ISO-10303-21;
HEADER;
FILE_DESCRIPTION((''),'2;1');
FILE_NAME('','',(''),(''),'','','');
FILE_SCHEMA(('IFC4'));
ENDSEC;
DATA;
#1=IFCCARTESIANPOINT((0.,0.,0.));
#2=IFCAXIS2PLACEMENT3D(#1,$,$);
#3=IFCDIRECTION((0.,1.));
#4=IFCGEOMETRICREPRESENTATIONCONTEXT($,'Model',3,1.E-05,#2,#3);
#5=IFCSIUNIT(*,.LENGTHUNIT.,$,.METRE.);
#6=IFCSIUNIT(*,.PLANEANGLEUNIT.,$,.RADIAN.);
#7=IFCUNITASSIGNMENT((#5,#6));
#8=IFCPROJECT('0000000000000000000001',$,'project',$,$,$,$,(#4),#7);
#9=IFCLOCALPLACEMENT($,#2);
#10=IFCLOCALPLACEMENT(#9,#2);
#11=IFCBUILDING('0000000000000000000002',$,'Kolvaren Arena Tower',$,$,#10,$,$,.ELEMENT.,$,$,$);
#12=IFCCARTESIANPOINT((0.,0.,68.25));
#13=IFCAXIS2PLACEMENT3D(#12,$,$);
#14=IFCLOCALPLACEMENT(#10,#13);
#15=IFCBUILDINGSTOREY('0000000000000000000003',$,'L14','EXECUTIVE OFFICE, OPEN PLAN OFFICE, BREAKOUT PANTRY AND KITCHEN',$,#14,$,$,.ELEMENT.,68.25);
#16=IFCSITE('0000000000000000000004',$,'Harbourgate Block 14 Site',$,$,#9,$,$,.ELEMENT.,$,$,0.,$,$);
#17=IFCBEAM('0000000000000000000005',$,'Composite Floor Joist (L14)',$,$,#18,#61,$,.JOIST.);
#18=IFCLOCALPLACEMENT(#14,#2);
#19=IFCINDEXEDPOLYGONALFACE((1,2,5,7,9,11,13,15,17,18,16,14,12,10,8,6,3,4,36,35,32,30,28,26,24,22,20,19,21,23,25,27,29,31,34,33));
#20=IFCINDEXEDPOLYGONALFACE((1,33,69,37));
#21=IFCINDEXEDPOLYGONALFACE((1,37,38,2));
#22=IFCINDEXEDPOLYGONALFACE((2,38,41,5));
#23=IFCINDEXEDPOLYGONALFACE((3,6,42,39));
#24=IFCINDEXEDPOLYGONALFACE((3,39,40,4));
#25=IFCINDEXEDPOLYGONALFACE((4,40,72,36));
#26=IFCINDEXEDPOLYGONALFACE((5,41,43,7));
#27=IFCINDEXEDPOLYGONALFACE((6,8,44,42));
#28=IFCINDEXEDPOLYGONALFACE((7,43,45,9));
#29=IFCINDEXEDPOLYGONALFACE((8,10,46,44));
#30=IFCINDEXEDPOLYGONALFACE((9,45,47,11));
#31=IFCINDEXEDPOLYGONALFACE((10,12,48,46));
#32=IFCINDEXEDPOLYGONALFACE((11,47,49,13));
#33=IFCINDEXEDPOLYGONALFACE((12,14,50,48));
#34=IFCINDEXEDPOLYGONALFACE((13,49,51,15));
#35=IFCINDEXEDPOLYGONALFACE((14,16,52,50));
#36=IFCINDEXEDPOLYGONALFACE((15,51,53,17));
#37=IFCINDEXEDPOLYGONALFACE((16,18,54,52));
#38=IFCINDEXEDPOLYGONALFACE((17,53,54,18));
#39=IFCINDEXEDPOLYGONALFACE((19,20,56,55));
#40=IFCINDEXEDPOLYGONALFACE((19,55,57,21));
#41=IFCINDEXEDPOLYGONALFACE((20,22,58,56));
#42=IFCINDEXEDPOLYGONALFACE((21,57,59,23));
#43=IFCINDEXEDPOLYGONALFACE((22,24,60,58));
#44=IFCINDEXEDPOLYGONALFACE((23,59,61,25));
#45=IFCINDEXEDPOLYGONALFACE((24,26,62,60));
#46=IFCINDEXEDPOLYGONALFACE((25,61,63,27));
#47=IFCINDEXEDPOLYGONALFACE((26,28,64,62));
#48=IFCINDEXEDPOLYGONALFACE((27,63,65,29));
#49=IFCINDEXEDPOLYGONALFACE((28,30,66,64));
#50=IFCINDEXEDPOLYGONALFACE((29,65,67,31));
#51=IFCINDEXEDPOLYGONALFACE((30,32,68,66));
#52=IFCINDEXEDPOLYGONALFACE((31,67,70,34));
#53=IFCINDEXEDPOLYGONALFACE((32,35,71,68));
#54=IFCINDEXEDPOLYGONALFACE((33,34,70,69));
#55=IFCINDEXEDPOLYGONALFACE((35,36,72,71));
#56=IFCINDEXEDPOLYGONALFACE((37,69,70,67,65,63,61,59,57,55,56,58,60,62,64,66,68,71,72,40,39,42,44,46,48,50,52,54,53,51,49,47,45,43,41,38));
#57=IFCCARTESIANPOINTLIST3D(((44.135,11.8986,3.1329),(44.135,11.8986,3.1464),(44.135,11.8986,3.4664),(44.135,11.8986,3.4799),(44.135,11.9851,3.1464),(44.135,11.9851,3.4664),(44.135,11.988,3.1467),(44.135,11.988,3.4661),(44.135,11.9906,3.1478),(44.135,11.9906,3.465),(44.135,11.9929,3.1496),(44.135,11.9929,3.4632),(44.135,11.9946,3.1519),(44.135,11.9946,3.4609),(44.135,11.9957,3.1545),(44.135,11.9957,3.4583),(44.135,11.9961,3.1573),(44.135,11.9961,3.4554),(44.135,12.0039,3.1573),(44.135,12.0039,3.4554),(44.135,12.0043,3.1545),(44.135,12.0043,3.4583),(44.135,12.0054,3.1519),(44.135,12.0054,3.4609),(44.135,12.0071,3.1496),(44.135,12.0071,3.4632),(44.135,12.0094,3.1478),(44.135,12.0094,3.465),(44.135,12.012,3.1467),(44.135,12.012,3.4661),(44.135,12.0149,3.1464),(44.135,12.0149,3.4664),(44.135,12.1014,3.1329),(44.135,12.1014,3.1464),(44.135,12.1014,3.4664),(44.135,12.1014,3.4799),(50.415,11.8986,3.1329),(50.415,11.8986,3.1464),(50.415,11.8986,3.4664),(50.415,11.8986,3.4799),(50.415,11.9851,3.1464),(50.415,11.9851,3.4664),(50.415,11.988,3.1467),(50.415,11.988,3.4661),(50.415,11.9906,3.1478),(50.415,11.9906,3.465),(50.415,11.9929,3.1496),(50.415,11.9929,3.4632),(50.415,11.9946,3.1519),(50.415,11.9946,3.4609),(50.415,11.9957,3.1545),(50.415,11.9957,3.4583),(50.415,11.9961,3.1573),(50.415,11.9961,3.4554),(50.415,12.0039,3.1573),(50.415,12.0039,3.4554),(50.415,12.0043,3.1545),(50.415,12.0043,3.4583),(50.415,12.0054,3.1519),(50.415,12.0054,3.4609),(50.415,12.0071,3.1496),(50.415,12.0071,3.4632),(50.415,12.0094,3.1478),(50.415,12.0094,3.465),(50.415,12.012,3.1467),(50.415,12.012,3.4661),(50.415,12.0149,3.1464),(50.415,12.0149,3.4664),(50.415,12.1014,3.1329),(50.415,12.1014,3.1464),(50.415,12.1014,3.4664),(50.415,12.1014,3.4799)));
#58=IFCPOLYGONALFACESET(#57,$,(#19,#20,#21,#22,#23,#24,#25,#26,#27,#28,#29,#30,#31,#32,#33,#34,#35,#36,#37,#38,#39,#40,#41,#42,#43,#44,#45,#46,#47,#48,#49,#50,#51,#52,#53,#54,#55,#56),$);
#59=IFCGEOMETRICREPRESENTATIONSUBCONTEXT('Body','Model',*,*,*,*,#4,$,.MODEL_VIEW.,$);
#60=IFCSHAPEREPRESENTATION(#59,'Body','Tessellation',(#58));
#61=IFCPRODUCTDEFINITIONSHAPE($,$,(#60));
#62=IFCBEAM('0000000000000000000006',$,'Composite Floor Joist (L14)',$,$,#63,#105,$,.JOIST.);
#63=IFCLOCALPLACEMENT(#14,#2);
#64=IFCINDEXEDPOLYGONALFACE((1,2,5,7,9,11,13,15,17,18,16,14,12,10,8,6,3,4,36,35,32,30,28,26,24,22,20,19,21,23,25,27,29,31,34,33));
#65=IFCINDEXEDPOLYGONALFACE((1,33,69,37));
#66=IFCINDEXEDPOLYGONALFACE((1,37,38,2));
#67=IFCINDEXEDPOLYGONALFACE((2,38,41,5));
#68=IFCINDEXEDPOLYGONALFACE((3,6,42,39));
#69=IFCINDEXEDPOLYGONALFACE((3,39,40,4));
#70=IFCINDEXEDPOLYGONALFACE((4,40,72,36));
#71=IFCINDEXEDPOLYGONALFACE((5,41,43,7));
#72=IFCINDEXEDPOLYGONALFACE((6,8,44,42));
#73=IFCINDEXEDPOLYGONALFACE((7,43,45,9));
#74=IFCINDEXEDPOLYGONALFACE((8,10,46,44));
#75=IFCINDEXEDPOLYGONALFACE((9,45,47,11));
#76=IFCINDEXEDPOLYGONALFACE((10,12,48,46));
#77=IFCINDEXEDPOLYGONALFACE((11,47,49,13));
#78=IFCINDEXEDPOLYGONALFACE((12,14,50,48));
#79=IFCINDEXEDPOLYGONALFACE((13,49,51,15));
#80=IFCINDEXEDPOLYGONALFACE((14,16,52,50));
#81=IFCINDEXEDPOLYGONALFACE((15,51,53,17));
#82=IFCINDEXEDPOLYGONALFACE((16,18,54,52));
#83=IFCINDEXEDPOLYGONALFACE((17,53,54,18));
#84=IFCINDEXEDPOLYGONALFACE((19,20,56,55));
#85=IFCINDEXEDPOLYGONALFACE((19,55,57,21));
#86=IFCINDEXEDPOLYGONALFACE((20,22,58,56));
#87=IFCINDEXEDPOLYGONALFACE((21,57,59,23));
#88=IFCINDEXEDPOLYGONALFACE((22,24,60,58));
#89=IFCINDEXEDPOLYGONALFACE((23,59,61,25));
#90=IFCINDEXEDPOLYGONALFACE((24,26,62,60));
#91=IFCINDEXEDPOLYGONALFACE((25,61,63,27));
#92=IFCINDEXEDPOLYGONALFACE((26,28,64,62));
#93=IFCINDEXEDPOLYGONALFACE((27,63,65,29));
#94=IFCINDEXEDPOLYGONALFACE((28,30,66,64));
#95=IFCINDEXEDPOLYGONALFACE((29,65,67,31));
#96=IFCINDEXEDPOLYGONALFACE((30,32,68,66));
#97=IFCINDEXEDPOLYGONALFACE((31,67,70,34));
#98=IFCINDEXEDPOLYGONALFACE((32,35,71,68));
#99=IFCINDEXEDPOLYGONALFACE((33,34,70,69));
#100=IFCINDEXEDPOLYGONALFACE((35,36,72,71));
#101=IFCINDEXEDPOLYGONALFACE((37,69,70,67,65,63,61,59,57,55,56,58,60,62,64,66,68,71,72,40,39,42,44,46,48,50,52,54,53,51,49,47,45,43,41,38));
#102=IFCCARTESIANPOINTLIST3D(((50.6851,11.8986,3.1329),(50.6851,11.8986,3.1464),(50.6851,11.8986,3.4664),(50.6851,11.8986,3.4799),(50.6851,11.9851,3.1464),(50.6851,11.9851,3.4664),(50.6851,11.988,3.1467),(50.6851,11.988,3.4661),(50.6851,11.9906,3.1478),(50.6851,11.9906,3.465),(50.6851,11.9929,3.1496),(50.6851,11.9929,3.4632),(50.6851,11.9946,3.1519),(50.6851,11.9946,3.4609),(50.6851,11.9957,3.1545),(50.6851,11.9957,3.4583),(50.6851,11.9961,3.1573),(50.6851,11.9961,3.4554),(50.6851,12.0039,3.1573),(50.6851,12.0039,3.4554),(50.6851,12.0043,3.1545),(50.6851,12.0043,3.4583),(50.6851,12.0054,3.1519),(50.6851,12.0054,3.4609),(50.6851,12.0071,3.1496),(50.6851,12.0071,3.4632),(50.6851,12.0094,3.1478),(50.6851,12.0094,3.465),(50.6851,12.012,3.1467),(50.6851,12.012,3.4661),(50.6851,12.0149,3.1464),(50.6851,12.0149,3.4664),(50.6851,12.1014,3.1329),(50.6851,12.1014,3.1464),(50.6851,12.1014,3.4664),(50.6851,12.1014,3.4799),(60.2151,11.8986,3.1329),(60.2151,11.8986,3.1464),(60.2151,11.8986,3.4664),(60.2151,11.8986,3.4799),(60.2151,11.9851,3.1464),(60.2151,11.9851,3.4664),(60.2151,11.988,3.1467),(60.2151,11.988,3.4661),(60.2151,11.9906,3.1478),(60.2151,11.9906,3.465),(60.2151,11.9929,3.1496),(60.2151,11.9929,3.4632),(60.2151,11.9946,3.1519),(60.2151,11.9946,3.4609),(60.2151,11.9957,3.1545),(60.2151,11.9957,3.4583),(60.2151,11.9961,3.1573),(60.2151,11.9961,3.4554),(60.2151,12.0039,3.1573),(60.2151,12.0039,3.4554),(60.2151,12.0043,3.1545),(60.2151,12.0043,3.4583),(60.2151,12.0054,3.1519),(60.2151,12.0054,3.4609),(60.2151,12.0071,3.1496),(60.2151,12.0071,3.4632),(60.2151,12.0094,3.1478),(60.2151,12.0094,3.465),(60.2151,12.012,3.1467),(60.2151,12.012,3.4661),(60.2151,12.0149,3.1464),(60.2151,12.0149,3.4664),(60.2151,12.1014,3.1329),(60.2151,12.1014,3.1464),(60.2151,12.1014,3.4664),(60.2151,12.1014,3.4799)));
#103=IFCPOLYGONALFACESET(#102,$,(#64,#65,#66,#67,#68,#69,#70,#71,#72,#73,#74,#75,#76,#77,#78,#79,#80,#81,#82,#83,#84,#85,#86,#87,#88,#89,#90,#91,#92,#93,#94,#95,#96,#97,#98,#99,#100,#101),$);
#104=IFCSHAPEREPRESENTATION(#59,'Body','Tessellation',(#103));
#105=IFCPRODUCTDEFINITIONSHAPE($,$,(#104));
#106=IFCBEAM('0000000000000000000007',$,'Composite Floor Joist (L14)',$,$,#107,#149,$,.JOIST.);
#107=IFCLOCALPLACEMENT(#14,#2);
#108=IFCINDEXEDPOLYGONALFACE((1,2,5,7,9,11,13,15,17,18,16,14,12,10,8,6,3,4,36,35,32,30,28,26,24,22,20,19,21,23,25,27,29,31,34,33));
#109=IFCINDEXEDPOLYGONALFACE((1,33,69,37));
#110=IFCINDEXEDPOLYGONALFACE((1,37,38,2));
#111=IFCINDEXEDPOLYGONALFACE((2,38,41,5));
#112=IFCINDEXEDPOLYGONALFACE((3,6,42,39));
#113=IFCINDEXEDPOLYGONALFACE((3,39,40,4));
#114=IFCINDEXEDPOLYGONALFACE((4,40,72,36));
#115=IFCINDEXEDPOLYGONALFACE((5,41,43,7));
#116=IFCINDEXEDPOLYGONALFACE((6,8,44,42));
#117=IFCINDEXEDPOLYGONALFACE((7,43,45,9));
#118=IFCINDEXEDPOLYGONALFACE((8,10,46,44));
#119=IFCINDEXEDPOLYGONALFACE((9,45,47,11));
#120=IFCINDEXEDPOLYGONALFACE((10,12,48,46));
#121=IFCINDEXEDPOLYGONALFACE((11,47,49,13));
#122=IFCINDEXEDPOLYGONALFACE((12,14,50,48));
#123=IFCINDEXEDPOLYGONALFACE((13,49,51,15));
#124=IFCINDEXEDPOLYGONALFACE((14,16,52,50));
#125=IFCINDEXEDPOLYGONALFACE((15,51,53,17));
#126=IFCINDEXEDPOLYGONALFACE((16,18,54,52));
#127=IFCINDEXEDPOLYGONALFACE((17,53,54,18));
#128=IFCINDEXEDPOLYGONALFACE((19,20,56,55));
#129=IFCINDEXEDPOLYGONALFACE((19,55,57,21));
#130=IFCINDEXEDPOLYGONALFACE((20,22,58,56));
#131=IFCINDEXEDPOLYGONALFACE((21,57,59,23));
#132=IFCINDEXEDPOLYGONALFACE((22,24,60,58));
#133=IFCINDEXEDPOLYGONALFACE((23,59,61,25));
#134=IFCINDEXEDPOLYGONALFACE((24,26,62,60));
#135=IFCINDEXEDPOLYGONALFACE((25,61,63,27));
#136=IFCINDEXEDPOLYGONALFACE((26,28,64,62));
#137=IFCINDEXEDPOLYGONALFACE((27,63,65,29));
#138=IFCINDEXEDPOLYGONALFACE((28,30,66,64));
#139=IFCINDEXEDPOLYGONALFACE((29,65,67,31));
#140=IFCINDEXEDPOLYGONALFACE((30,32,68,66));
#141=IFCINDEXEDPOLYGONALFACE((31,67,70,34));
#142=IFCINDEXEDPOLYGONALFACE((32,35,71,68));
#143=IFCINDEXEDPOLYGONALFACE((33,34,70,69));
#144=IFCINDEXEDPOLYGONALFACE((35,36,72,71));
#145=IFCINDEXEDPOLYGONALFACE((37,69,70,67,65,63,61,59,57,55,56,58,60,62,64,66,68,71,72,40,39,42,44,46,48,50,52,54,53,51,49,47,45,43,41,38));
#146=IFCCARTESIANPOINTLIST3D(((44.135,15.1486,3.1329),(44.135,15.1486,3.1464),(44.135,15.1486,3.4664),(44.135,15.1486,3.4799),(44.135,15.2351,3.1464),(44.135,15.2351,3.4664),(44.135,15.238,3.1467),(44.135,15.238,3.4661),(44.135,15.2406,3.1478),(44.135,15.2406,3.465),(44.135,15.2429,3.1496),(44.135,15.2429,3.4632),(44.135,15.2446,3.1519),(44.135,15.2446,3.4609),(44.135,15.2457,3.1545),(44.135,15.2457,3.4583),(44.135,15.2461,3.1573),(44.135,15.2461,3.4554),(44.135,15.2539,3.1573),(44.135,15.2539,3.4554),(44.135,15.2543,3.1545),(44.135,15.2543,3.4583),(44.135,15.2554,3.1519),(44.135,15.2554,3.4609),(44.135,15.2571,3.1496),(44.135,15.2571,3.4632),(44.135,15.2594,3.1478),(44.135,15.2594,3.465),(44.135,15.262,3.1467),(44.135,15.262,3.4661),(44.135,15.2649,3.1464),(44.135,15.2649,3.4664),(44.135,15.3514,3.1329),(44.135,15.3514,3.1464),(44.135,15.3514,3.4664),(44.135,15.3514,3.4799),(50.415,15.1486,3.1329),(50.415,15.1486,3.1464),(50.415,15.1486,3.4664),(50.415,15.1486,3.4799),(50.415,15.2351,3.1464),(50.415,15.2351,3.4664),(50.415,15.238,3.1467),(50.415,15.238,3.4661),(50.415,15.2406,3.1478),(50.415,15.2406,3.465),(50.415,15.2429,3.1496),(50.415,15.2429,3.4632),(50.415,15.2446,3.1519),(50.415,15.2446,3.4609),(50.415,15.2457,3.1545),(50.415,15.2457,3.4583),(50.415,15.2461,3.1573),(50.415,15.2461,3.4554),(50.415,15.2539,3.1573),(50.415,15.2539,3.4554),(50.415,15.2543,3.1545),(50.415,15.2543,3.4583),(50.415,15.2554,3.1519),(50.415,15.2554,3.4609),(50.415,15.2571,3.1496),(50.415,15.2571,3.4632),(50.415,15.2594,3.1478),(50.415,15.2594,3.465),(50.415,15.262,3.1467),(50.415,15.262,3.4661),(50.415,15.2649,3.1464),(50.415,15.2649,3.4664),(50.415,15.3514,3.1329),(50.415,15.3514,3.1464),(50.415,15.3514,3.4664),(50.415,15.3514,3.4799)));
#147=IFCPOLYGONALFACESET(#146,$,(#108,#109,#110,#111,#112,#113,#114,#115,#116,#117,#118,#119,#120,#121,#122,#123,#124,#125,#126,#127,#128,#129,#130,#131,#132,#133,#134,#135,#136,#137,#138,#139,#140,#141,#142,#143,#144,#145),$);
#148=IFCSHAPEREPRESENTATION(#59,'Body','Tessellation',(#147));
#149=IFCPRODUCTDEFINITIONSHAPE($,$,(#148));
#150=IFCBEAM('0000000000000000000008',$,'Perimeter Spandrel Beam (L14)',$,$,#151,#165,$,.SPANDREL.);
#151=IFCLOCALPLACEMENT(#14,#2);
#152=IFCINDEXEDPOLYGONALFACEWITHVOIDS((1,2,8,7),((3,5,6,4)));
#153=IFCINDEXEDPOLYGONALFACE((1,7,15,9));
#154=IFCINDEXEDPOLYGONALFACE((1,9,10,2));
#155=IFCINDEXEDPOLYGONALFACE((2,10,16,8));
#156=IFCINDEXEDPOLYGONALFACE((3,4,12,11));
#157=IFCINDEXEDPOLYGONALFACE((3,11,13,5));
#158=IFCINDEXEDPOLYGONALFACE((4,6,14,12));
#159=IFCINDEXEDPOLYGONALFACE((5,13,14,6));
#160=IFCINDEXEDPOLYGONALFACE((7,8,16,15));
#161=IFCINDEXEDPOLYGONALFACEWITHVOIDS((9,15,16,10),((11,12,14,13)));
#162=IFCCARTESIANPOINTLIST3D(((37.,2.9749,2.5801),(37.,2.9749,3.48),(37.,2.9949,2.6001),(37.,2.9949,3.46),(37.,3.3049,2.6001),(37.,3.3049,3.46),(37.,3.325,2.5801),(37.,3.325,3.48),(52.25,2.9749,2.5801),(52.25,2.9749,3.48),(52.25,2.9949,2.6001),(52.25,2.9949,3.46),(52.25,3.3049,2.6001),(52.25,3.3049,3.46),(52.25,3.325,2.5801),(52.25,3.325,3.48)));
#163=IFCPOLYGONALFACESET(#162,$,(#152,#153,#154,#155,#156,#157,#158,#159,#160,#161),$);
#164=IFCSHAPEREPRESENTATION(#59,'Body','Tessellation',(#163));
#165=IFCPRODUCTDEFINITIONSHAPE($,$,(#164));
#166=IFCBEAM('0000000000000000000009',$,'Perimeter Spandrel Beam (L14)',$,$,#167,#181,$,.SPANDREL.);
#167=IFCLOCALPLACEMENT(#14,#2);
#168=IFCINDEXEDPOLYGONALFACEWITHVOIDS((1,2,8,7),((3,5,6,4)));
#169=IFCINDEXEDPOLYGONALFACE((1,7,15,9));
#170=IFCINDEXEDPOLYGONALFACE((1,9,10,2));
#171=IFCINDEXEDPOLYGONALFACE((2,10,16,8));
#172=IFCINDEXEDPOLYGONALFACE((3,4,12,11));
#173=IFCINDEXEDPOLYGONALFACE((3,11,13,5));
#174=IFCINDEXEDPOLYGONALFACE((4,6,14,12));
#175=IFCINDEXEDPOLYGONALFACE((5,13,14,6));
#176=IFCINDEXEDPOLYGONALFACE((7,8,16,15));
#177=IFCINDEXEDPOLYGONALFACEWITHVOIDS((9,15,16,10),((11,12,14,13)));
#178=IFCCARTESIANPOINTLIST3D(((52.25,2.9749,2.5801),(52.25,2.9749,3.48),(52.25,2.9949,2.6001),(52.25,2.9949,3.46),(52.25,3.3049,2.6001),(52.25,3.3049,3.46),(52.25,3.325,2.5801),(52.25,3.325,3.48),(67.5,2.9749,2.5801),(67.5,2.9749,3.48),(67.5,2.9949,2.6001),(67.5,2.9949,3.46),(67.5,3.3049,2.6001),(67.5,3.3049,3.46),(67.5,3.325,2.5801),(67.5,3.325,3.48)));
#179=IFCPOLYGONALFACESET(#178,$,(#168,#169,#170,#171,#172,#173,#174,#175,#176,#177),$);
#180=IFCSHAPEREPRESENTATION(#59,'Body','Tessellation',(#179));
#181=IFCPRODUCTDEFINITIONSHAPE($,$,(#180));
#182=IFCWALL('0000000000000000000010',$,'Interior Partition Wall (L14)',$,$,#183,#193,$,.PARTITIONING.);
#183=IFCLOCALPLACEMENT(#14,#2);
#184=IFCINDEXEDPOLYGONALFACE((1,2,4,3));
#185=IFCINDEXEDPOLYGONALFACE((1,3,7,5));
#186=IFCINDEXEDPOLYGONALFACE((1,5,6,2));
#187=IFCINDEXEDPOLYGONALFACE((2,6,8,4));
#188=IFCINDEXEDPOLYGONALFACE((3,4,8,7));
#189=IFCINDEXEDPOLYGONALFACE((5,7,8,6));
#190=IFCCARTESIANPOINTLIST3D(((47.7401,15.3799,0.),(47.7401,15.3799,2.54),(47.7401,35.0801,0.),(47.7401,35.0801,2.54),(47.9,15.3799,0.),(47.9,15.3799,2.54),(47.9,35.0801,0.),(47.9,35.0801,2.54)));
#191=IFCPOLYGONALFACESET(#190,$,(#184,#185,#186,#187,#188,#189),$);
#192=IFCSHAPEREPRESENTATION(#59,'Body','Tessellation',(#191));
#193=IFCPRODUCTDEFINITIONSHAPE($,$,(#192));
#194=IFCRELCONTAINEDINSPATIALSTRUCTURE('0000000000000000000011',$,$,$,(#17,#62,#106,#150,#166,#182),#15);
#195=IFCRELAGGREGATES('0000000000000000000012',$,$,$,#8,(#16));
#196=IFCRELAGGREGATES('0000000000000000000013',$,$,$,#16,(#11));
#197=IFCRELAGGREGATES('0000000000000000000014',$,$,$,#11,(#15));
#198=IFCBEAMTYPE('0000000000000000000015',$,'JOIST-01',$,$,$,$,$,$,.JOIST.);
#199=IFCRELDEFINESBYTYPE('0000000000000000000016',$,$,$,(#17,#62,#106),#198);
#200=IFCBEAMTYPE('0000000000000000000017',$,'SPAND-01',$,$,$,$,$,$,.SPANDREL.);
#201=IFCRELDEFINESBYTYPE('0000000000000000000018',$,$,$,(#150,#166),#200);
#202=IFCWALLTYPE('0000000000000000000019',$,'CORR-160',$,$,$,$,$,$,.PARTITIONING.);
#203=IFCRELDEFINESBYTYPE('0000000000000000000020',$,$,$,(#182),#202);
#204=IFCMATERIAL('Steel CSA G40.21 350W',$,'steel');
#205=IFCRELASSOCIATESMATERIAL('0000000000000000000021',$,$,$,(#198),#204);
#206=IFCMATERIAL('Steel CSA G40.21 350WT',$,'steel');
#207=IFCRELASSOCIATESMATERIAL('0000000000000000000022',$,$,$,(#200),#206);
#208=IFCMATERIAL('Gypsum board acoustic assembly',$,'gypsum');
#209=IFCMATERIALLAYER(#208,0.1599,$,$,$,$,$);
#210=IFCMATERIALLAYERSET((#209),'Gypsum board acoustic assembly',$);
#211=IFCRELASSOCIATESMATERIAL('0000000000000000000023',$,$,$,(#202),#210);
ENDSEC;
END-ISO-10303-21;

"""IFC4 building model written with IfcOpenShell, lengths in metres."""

from ifc_helpers import new_model, si_unit, direction, frame, frame_2d, origin, origin_2d, place, context, subcontext, project, spatial, rectangle, hollow_rectangle, i_section, extrude, material, layer, layer_set, material_profile, profile_set, type_object, element, save


model = new_model("IFC4")

# Units and contexts
model_context = context("Model", 3, precision=1e-05, world=origin(), true_north=direction((0.0, 1.0)))
body_context = subcontext(model_context, "Body", "Model", "MODEL_VIEW")
ifc_project = project(units=[si_unit("LENGTHUNIT", "METRE"), si_unit("PLANEANGLEUNIT", "RADIAN")], contexts=[model_context])

# Site, building, storey
site_placement = place(None, origin())
site = spatial("IfcSite", under=ifc_project, at=site_placement, Name="Harbourgate Block 14 Site", CompositionType="ELEMENT", RefElevation=0.0)
building_placement = place(site_placement, origin())
building = spatial("IfcBuilding", under=site, at=building_placement, Name="Kolvaren Arena Tower", CompositionType="ELEMENT")
storey_placement = place(building_placement, frame((0.0, 0.0, 68.25)))
storey = spatial("IfcBuildingStorey", under=building, at=storey_placement, Name="L14", Description="EXECUTIVE OFFICE, OPEN PLAN OFFICE, BREAKOUT PANTRY AND KITCHEN", CompositionType="ELEMENT", Elevation=68.25)

# Beams
ifc_material_1 = material(Name="Steel CSA G40.21 350W", Category="steel")
ifc_material_profile_1 = material_profile(ifc_material_1, i_section(OverallWidth=0.2029, OverallDepth=0.3469, WebThickness=0.0078, FlangeThickness=0.0134, FilletRadius=0.011, at=origin_2d()), Name="W360x64")
ifc_profile_set_1 = profile_set([ifc_material_profile_1], Name="Steel CSA G40.21 350W")
beam_type_1 = type_object("IfcBeamType", Name="JOIST-01", PredefinedType="JOIST", material=ifc_profile_set_1)
beam_1_placement = place(storey_placement, frame((44.135, 12.0, 3.3064), z_axis=(1.0, 0.0, 0.0), x_axis=(0.0, 1.0, 0.0)))
element("IfcBeam", 1, at=beam_1_placement, inside=storey, type_object=beam_type_1, Name="Composite Floor Joist (L14)", PredefinedType="JOIST", context=body_context, shape_type="SweptSolid", body=[
    extrude(i_section(OverallWidth=0.2029, OverallDepth=0.3469, WebThickness=0.0078, FlangeThickness=0.0134, FilletRadius=0.011, at=origin_2d()), origin(), (0.0, 0.0, 1.0), 6.28),
])
beam_2_placement = place(storey_placement, frame((50.6851, 12.0, 3.3064), z_axis=(1.0, 0.0, 0.0), x_axis=(0.0, 1.0, 0.0)))
element("IfcBeam", 2, at=beam_2_placement, inside=storey, type_object=beam_type_1, Name="Composite Floor Joist (L14)", PredefinedType="JOIST", context=body_context, shape_type="SweptSolid", body=[
    extrude(i_section(OverallWidth=0.2029, OverallDepth=0.3469, WebThickness=0.0078, FlangeThickness=0.0134, FilletRadius=0.011, at=origin_2d()), origin(), (0.0, 0.0, 1.0), 9.53),
])
beam_3_placement = place(storey_placement, frame((44.135, 15.25, 3.3064), z_axis=(1.0, 0.0, 0.0), x_axis=(0.0, 1.0, 0.0)))
element("IfcBeam", 3, at=beam_3_placement, inside=storey, type_object=beam_type_1, Name="Composite Floor Joist (L14)", PredefinedType="JOIST", context=body_context, shape_type="SweptSolid", body=[
    extrude(i_section(OverallWidth=0.2029, OverallDepth=0.3469, WebThickness=0.0078, FlangeThickness=0.0134, FilletRadius=0.011, at=origin_2d()), origin(), (0.0, 0.0, 1.0), 6.28),
])
ifc_material_2 = material(Name="Steel CSA G40.21 350WT", Category="steel")
ifc_material_profile_2 = material_profile(ifc_material_2, hollow_rectangle(XDim=0.3501, YDim=0.8999, WallThickness=0.02, at=origin_2d()), Name="HSS 900x350x20")
ifc_profile_set_2 = profile_set([ifc_material_profile_2], Name="Steel CSA G40.21 350WT")
beam_type_2 = type_object("IfcBeamType", Name="SPAND-01", PredefinedType="SPANDREL", material=ifc_profile_set_2)
for number, where, z_axis, x_axis, name in (
    (4, (37.0, 3.1499, 3.03), (1.0, 0.0, 0.0), (0.0, 1.0, 0.0), "Perimeter Spandrel Beam (L14)"),
    (5, (52.25, 3.1499, 3.03), (1.0, 0.0, 0.0), (0.0, 1.0, 0.0), "Perimeter Spandrel Beam (L14)"),
):
    element("IfcBeam", number, at=place(storey_placement, frame(where, z_axis=z_axis, x_axis=x_axis)), inside=storey, type_object=beam_type_2, Name=name, PredefinedType="SPANDREL", context=body_context, shape_type="SweptSolid", body=[
        extrude(hollow_rectangle(XDim=0.3501, YDim=0.8999, WallThickness=0.02, at=origin_2d()), origin(), (0.0, 0.0, 1.0), 15.25),
    ])

# Wall
ifc_material_3 = material(Name="Gypsum board acoustic assembly", Category="gypsum")
ifc_layer_1 = layer(ifc_material_3, 0.1599)
ifc_layer_set_1 = layer_set([ifc_layer_1], Name="Gypsum board acoustic assembly")
wall_type_1 = type_object("IfcWallType", Name="CORR-160", PredefinedType="PARTITIONING", material=ifc_layer_set_1)
wall_1_placement = place(storey_placement, frame((47.8201, 15.3799, 0.0), z_axis=(0.0, 0.0, 1.0), x_axis=(0.0, 1.0, 0.0)))
element("IfcWall", 6, at=wall_1_placement, inside=storey, type_object=wall_type_1, Name="Interior Partition Wall (L14)", PredefinedType="PARTITIONING", context=body_context, shape_type="SweptSolid", body=[
    extrude(rectangle(XDim=19.7002, YDim=0.1599, at=frame_2d((9.8501, 0.0))), origin(), (0.0, 0.0, 1.0), 2.54),
])

save(model, "model.ifc")
